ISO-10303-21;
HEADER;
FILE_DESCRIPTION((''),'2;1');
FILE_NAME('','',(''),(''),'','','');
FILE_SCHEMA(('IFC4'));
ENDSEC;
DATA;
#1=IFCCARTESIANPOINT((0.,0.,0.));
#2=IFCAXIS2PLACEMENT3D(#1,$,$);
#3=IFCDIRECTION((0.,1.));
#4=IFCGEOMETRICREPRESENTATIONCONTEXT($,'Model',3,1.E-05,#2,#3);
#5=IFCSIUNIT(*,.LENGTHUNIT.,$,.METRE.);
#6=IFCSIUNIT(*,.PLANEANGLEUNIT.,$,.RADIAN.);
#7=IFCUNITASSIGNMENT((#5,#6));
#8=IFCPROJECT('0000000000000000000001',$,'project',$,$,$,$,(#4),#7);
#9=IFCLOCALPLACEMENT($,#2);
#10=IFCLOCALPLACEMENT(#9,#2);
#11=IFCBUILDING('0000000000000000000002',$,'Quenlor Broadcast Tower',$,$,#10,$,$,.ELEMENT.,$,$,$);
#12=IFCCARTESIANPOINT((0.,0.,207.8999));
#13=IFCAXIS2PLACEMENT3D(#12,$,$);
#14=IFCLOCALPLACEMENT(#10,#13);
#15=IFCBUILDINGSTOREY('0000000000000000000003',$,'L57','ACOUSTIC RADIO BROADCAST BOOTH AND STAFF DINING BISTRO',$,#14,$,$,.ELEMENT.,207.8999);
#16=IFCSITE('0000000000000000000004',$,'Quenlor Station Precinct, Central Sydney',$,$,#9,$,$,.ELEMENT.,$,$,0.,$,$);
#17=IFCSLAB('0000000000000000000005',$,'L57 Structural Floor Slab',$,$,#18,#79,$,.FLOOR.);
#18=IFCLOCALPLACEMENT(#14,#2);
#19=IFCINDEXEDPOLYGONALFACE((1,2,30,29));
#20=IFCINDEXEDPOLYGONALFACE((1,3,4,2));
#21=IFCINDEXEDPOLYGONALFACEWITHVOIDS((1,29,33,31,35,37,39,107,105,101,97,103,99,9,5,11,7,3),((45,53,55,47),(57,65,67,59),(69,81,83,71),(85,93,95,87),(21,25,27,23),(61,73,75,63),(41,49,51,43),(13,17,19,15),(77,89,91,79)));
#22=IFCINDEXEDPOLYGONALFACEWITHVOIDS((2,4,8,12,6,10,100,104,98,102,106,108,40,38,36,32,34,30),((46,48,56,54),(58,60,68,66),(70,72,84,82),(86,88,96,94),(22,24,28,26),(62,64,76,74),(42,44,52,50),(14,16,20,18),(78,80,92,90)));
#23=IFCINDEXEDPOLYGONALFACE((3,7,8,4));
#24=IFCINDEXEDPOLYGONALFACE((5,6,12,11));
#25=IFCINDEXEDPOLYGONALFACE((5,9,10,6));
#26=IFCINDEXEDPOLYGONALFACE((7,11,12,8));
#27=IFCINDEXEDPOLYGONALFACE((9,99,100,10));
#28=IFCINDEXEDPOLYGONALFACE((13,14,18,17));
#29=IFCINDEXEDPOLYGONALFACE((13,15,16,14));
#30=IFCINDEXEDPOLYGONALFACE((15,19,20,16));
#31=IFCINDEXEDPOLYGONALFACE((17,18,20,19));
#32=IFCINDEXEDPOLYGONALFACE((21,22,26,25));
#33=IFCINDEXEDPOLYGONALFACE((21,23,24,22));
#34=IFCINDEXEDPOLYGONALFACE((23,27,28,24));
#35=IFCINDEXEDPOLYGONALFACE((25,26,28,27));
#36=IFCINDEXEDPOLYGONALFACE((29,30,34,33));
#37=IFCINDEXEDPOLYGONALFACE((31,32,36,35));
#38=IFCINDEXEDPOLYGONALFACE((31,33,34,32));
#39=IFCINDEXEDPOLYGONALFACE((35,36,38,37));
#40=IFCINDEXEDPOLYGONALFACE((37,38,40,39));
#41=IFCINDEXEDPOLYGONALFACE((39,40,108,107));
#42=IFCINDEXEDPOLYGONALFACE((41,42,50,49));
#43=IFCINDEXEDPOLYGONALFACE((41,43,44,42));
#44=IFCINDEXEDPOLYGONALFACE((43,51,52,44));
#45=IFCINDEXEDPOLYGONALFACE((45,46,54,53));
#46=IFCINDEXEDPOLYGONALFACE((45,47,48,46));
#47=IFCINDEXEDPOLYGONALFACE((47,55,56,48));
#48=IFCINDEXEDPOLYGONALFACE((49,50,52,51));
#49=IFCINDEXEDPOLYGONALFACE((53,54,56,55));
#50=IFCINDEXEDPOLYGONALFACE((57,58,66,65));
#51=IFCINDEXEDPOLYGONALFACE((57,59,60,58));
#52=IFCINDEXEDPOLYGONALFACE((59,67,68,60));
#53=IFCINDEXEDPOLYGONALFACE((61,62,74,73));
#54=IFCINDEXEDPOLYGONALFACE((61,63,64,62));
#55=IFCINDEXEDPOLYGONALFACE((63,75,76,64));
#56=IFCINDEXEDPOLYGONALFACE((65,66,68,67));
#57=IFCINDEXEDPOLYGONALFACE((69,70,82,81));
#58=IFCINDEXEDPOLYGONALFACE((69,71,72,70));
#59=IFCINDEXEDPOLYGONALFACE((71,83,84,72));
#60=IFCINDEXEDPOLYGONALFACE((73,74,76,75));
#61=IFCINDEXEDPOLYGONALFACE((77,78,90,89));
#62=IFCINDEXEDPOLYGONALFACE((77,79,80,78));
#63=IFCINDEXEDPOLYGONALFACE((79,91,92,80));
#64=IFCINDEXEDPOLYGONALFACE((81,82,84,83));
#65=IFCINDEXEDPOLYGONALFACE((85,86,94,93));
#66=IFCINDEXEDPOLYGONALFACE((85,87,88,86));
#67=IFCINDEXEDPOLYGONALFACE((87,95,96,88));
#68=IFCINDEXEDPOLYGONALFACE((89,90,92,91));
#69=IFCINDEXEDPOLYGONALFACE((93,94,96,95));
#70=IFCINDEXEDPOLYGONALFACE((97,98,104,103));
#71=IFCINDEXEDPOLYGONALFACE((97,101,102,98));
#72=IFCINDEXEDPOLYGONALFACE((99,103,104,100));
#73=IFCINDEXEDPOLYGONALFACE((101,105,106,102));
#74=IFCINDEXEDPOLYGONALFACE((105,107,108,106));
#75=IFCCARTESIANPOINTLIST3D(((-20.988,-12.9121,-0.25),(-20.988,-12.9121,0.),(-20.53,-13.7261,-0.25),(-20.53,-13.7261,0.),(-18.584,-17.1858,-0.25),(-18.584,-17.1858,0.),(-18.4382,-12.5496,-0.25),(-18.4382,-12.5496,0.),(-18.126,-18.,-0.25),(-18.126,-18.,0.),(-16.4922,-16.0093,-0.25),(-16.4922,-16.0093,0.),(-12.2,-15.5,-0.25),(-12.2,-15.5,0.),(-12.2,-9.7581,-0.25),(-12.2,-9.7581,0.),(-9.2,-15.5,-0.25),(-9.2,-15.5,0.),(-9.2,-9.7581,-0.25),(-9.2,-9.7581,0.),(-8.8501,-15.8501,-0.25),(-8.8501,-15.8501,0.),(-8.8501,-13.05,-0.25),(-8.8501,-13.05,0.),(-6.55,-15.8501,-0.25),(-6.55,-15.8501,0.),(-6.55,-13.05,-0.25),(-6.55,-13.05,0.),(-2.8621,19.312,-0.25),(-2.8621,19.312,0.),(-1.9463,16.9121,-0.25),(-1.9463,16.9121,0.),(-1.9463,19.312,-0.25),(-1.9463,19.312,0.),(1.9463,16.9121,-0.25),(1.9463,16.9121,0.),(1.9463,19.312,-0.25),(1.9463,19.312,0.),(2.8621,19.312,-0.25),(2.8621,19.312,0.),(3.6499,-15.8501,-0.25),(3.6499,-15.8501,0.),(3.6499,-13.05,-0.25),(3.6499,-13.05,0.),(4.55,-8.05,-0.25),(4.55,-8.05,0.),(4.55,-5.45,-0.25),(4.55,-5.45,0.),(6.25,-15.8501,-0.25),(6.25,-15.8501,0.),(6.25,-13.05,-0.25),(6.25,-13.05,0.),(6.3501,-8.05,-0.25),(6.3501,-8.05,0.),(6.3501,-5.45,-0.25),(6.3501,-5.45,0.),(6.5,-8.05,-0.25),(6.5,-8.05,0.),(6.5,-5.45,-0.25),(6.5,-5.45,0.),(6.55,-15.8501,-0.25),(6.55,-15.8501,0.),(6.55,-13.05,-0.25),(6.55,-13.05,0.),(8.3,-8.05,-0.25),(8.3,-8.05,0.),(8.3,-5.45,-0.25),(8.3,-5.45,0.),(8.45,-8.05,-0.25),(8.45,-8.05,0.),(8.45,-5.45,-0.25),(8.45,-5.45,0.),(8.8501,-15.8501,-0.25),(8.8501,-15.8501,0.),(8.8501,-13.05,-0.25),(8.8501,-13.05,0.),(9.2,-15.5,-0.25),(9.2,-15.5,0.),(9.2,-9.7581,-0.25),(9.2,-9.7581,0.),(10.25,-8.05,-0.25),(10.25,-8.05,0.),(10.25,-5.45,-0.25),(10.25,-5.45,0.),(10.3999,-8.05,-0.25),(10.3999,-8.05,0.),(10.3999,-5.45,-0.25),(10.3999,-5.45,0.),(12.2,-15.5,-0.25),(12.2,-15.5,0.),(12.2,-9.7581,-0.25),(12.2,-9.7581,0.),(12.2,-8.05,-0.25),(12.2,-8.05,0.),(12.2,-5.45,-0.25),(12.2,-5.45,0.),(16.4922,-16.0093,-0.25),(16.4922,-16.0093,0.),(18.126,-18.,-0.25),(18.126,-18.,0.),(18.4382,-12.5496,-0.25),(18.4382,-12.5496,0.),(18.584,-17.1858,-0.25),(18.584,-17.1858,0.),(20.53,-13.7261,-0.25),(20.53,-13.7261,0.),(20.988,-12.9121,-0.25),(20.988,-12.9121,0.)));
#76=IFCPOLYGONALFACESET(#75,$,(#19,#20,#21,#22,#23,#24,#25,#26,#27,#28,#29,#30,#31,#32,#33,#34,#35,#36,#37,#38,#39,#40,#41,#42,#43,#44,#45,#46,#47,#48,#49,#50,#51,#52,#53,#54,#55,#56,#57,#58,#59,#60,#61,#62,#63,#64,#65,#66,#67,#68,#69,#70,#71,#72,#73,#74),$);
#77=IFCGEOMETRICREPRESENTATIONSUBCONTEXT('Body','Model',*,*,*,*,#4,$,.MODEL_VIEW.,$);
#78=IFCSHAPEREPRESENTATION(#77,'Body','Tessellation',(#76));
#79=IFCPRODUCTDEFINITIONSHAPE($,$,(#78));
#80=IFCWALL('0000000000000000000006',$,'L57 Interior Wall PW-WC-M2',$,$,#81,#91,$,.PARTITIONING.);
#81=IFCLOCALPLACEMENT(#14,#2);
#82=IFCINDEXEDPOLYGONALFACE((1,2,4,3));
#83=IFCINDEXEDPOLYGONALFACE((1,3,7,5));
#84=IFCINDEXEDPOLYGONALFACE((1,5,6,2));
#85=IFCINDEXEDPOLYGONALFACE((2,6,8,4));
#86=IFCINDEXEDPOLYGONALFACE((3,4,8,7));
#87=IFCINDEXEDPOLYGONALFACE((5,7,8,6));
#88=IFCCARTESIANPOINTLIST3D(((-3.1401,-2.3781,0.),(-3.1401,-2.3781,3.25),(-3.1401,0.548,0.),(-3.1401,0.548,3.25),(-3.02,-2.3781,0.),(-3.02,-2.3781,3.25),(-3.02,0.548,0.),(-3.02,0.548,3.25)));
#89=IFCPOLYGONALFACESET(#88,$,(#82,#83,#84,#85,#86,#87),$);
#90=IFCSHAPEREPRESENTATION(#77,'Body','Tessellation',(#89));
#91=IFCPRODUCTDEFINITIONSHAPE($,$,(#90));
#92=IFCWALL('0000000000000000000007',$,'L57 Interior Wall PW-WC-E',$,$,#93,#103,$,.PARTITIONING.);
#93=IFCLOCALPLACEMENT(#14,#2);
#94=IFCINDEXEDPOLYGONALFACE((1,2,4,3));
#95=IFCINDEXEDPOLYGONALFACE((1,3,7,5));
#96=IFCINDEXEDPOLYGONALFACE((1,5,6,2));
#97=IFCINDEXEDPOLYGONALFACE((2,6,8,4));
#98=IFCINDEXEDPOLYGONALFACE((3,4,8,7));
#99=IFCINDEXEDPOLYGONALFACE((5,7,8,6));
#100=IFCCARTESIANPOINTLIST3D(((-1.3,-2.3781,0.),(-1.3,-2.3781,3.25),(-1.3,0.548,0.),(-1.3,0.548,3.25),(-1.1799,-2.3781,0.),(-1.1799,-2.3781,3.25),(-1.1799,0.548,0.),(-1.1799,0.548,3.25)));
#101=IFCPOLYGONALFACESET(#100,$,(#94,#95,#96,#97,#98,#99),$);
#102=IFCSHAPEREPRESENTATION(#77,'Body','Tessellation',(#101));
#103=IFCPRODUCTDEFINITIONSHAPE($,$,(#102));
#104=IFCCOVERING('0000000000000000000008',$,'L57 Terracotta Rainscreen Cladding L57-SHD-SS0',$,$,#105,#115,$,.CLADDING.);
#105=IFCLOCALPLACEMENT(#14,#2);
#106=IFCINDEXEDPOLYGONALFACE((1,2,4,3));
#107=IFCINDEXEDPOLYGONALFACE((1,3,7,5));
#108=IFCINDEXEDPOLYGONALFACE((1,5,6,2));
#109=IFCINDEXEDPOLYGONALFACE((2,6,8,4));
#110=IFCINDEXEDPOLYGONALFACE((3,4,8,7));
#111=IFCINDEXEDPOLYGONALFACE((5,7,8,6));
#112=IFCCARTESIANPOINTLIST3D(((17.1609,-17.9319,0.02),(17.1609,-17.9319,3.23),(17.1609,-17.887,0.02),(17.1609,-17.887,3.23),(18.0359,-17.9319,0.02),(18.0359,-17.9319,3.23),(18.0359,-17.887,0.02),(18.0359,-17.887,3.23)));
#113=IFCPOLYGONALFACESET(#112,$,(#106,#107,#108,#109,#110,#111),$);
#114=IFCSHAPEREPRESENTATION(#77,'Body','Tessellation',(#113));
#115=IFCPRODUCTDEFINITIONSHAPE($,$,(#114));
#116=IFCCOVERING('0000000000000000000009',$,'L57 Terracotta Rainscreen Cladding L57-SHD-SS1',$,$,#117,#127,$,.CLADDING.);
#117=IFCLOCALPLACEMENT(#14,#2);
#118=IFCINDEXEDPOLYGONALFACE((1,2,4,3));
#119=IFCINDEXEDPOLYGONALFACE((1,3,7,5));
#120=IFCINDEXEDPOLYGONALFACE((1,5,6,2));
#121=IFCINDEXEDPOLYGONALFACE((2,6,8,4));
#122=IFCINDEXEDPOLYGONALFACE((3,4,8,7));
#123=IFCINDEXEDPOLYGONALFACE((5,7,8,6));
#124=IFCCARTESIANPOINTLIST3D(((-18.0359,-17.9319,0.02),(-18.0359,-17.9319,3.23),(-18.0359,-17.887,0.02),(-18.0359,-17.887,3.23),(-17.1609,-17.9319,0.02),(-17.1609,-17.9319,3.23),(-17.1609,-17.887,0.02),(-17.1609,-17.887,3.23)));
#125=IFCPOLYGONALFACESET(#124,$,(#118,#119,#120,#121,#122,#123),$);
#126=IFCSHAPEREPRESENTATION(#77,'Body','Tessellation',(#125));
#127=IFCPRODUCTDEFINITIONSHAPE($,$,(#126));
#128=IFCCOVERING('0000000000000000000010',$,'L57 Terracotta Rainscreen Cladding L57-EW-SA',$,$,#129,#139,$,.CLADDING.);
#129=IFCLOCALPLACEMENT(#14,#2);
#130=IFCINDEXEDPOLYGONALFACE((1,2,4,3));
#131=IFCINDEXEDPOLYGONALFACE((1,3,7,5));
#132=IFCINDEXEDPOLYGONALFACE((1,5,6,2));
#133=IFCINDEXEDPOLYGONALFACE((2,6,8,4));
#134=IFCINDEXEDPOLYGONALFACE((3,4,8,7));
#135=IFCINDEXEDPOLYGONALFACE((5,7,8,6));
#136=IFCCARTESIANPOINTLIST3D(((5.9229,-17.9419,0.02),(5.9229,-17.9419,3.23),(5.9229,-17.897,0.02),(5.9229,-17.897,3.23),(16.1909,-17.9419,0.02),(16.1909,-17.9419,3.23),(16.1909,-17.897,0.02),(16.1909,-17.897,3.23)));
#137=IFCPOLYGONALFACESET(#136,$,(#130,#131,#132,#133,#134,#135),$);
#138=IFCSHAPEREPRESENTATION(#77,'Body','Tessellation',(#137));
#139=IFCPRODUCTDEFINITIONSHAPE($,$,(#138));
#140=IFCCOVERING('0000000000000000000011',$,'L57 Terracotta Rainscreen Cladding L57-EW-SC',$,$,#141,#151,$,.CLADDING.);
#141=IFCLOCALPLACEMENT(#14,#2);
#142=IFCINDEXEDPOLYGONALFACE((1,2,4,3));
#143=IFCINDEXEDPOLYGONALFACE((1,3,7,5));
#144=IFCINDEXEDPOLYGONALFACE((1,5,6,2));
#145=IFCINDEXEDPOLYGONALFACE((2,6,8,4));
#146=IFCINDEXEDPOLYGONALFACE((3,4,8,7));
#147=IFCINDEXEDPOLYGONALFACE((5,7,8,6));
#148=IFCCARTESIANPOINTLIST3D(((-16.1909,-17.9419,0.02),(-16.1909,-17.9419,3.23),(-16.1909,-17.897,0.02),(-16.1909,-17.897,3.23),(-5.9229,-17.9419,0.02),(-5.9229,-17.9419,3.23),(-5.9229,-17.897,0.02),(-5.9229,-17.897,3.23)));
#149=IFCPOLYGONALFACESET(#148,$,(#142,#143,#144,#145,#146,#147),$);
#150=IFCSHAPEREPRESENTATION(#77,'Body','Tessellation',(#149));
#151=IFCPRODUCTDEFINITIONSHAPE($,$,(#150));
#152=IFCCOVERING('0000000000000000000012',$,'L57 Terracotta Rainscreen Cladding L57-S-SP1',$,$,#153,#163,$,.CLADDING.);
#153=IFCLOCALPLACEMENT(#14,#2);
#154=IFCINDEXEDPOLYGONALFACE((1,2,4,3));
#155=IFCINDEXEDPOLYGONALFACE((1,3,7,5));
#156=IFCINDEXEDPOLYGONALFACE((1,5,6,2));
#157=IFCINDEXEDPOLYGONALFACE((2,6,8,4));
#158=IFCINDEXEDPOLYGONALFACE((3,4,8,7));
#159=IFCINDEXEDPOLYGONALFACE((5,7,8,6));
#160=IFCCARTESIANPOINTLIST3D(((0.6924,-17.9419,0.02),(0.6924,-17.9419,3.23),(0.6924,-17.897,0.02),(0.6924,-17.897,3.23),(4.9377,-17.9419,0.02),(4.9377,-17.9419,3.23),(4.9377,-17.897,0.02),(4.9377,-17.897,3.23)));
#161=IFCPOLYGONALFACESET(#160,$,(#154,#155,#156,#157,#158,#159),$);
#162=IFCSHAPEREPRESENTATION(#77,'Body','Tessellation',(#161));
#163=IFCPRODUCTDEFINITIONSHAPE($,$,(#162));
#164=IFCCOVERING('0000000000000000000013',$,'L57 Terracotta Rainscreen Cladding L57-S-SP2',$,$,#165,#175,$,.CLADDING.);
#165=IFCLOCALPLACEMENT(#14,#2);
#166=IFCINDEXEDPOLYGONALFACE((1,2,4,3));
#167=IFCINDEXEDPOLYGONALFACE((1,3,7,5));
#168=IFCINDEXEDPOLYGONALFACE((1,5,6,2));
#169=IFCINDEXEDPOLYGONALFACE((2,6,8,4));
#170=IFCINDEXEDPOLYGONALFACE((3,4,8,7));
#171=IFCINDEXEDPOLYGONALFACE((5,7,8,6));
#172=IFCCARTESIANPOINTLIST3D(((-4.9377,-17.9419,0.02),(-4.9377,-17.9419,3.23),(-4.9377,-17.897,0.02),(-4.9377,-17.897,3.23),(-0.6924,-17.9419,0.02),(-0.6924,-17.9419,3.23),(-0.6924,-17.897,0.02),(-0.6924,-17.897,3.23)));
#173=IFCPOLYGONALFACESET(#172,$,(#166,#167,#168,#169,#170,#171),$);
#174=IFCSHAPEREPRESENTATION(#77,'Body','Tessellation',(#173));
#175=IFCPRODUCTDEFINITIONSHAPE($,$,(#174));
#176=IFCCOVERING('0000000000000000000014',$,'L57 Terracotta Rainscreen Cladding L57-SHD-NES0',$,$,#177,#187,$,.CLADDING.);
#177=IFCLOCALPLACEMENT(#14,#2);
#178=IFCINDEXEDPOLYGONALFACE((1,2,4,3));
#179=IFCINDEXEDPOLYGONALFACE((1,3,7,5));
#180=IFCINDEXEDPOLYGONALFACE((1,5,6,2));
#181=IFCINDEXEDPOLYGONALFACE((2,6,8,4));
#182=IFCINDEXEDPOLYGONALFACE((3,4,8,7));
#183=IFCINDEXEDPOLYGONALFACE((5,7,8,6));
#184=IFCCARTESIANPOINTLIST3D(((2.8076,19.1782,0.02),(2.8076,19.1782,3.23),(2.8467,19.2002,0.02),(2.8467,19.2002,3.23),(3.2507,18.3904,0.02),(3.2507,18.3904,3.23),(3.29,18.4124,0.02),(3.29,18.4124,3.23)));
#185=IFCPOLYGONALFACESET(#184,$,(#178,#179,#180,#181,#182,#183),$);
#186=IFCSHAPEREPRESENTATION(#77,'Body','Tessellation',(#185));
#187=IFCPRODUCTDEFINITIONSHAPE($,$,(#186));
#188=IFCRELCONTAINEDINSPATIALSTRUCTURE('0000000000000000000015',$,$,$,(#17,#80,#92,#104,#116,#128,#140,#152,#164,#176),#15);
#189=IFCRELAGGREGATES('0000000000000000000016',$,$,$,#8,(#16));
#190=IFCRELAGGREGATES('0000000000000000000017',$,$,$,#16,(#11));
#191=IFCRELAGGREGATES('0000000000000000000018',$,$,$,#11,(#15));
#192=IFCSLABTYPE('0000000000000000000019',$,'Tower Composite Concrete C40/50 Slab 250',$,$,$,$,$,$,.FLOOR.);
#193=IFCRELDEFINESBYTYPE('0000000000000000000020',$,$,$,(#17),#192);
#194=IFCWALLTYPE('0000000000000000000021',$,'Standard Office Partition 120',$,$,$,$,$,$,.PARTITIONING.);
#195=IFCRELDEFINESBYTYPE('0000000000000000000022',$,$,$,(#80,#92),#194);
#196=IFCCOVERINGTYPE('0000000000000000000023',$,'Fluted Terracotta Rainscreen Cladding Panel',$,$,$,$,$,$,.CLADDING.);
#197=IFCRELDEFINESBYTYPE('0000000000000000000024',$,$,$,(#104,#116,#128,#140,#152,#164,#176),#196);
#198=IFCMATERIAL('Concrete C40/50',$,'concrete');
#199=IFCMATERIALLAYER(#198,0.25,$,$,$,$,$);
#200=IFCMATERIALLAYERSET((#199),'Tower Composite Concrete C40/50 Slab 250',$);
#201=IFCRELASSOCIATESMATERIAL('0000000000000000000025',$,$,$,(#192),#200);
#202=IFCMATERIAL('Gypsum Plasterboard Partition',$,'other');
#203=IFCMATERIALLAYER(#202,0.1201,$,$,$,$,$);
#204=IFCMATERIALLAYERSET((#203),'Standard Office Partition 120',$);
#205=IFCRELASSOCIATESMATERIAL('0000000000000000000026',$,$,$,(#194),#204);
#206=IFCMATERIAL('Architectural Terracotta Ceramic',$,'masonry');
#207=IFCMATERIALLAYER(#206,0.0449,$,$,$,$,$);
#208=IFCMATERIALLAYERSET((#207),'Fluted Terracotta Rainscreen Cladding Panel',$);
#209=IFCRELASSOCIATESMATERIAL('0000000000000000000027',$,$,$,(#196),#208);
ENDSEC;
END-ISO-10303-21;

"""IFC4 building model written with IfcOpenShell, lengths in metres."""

from ifc_helpers import new_model, si_unit, direction, frame, frame_2d, origin, place, context, subcontext, project, spatial, polyline, rectangle, outline, extrude, material, layer, layer_set, type_object, element, save


model = new_model("IFC4")

# Units and contexts
model_context = context("Model", 3, precision=1e-05, world=origin(), true_north=direction((0.0, 1.0)))
body_context = subcontext(model_context, "Body", "Model", "MODEL_VIEW")
ifc_project = project(units=[si_unit("LENGTHUNIT", "METRE"), si_unit("PLANEANGLEUNIT", "RADIAN")], contexts=[model_context])

# Site, building, storey
site_placement = place(None, origin())
site = spatial("IfcSite", under=ifc_project, at=site_placement, Name="Quenlor Station Precinct, Central Sydney", CompositionType="ELEMENT", RefElevation=0.0)
building_placement = place(site_placement, origin())
building = spatial("IfcBuilding", under=site, at=building_placement, Name="Quenlor Broadcast Tower", CompositionType="ELEMENT")
storey_placement = place(building_placement, frame((0.0, 0.0, 207.8999)))
storey = spatial("IfcBuildingStorey", under=building, at=storey_placement, Name="L57", Description="ACOUSTIC RADIO BROADCAST BOOTH AND STAFF DINING BISTRO", CompositionType="ELEMENT", Elevation=207.8999)

# Slab
ifc_material_1 = material(Name="Concrete C40/50", Category="concrete")
ifc_layer_1 = layer(ifc_material_1, 0.25)
ifc_layer_set_1 = layer_set([ifc_layer_1], Name="Tower Composite Concrete C40/50 Slab 250")
slab_type = type_object("IfcSlabType", Name="Tower Composite Concrete C40/50 Slab 250", PredefinedType="FLOOR", material=ifc_layer_set_1)
slab_placement = place(storey_placement, frame((0.0, 0.0, -0.25)))
element("IfcSlab", 1, at=slab_placement, inside=storey, type_object=slab_type, Name="L57 Structural Floor Slab", PredefinedType="FLOOR", context=body_context, shape_type="SweptSolid", body=[
    extrude(outline(polyline([(18.126, -18.0), (18.584, -17.1858), (16.4922, -16.0093), (18.4382, -12.5496), (20.53, -13.7261), (20.988, -12.9121), (2.8621, 19.312), (1.9463, 19.312), (1.9463, 16.9121), (-1.9463, 16.9121), (-1.9463, 19.312), (-2.8621, 19.312), (-20.988, -12.9121), (-20.53, -13.7261), (-18.4382, -12.5496), (-16.4922, -16.0093), (-18.584, -17.1858), (-18.126, -18.0), (18.126, -18.0)]), holes=[polyline([(-12.2, -9.7581), (-12.2, -15.5), (-9.2, -15.5), (-9.2, -9.7581), (-12.2, -9.7581)]), polyline([(9.2, -9.7581), (9.2, -15.5), (12.2, -15.5), (12.2, -9.7581), (9.2, -9.7581)]), polyline([(4.55, -8.05), (6.3501, -8.05), (6.3501, -5.45), (4.55, -5.45), (4.55, -8.05)]), polyline([(6.5, -8.05), (8.3, -8.05), (8.3, -5.45), (6.5, -5.45), (6.5, -8.05)]), polyline([(8.45, -8.05), (10.25, -8.05), (10.25, -5.45), (8.45, -5.45), (8.45, -8.05)]), polyline([(10.3999, -8.05), (12.2, -8.05), (12.2, -5.45), (10.3999, -5.45), (10.3999, -8.05)]), polyline([(-8.8501, -15.8501), (-6.55, -15.8501), (-6.55, -13.05), (-8.8501, -13.05), (-8.8501, -15.8501)]), polyline([(6.55, -15.8501), (8.8501, -15.8501), (8.8501, -13.05), (6.55, -13.05), (6.55, -15.8501)]), polyline([(3.6499, -15.8501), (6.25, -15.8501), (6.25, -13.05), (3.6499, -13.05), (3.6499, -15.8501)])]), origin(), (0.0, 0.0, 1.0), 0.25),
])

# Walls
ifc_material_2 = material(Name="Gypsum Plasterboard Partition", Category="other")
ifc_layer_2 = layer(ifc_material_2, 0.1201)
ifc_layer_set_2 = layer_set([ifc_layer_2], Name="Standard Office Partition 120")
wall_type = type_object("IfcWallType", Name="Standard Office Partition 120", PredefinedType="PARTITIONING", material=ifc_layer_set_2)
for number, where, z_axis, x_axis, name in (
    (2, (-3.0801, -2.3779, 0.0), (0.0, 0.0, 1.0), (0.0, 1.0, 0.0), "L57 Interior Wall PW-WC-M2"),
    (3, (-1.24, -2.3779, 0.0), (0.0, 0.0, 1.0), (0.0, 1.0, 0.0), "L57 Interior Wall PW-WC-E"),
):
    element("IfcWall", number, at=place(storey_placement, frame(where, z_axis=z_axis, x_axis=x_axis)), inside=storey, type_object=wall_type, Name=name, PredefinedType="PARTITIONING", context=body_context, shape_type="SweptSolid", body=[
        extrude(rectangle(XDim=2.926, YDim=0.1201, at=frame_2d((1.4629, 0.0))), origin(), (0.0, 0.0, 1.0), 3.25),
    ])

# Coverings
ifc_material_3 = material(Name="Architectural Terracotta Ceramic", Category="masonry")
ifc_layer_3 = layer(ifc_material_3, 0.0449)
ifc_layer_set_3 = layer_set([ifc_layer_3], Name="Fluted Terracotta Rainscreen Cladding Panel")
covering_type = type_object("IfcCoveringType", Name="Fluted Terracotta Rainscreen Cladding Panel", PredefinedType="CLADDING", material=ifc_layer_set_3)
covering_1_placement = place(storey_placement, frame((0.0, 0.0, 0.02)))
element("IfcCovering", 4, at=covering_1_placement, inside=storey, type_object=covering_type, Name="L57 Terracotta Rainscreen Cladding L57-SHD-SS0", PredefinedType="CLADDING", context=body_context, shape_type="SweptSolid", body=[
    extrude(outline(polyline([(18.0359, -17.887), (17.1609, -17.887), (17.1609, -17.9319), (18.0359, -17.9319), (18.0359, -17.887)])), origin(), (0.0, 0.0, 1.0), 3.21),
])
covering_2_placement = place(storey_placement, frame((0.0, 0.0, 0.02)))
element("IfcCovering", 5, at=covering_2_placement, inside=storey, type_object=covering_type, Name="L57 Terracotta Rainscreen Cladding L57-SHD-SS1", PredefinedType="CLADDING", context=body_context, shape_type="SweptSolid", body=[
    extrude(outline(polyline([(-17.1609, -17.887), (-18.0359, -17.887), (-18.0359, -17.9319), (-17.1609, -17.9319), (-17.1609, -17.887)])), origin(), (0.0, 0.0, 1.0), 3.21),
])
covering_3_placement = place(storey_placement, frame((0.0, 0.0, 0.02)))
element("IfcCovering", 6, at=covering_3_placement, inside=storey, type_object=covering_type, Name="L57 Terracotta Rainscreen Cladding L57-EW-SA", PredefinedType="CLADDING", context=body_context, shape_type="SweptSolid", body=[
    extrude(outline(polyline([(16.1909, -17.897), (5.9229, -17.897), (5.9229, -17.9419), (16.1909, -17.9419), (16.1909, -17.897)])), origin(), (0.0, 0.0, 1.0), 3.21),
])
covering_4_placement = place(storey_placement, frame((0.0, 0.0, 0.02)))
element("IfcCovering", 7, at=covering_4_placement, inside=storey, type_object=covering_type, Name="L57 Terracotta Rainscreen Cladding L57-EW-SC", PredefinedType="CLADDING", context=body_context, shape_type="SweptSolid", body=[
    extrude(outline(polyline([(-5.9229, -17.897), (-16.1909, -17.897), (-16.1909, -17.9419), (-5.9229, -17.9419), (-5.9229, -17.897)])), origin(), (0.0, 0.0, 1.0), 3.21),
])
covering_5_placement = place(storey_placement, frame((0.0, 0.0, 0.02)))
element("IfcCovering", 8, at=covering_5_placement, inside=storey, type_object=covering_type, Name="L57 Terracotta Rainscreen Cladding L57-S-SP1", PredefinedType="CLADDING", context=body_context, shape_type="SweptSolid", body=[
    extrude(outline(polyline([(4.9377, -17.897), (0.6924, -17.897), (0.6924, -17.9419), (4.9377, -17.9419), (4.9377, -17.897)])), origin(), (0.0, 0.0, 1.0), 3.21),
])
covering_6_placement = place(storey_placement, frame((0.0, 0.0, 0.02)))
element("IfcCovering", 9, at=covering_6_placement, inside=storey, type_object=covering_type, Name="L57 Terracotta Rainscreen Cladding L57-S-SP2", PredefinedType="CLADDING", context=body_context, shape_type="SweptSolid", body=[
    extrude(outline(polyline([(-0.6924, -17.897), (-4.9377, -17.897), (-4.9377, -17.9419), (-0.6924, -17.9419), (-0.6924, -17.897)])), origin(), (0.0, 0.0, 1.0), 3.21),
])
covering_7_placement = place(storey_placement, frame((0.0, 0.0, 0.02)))
element("IfcCovering", 10, at=covering_7_placement, inside=storey, type_object=covering_type, Name="L57 Terracotta Rainscreen Cladding L57-SHD-NES0", PredefinedType="CLADDING", context=body_context, shape_type="SweptSolid", body=[
    extrude(outline(polyline([(2.8076, 19.1782), (3.2507, 18.3904), (3.29, 18.4124), (2.8467, 19.2002), (2.8076, 19.1782)])), origin(), (0.0, 0.0, 1.0), 3.21),
])

save(model, "model.ifc")
